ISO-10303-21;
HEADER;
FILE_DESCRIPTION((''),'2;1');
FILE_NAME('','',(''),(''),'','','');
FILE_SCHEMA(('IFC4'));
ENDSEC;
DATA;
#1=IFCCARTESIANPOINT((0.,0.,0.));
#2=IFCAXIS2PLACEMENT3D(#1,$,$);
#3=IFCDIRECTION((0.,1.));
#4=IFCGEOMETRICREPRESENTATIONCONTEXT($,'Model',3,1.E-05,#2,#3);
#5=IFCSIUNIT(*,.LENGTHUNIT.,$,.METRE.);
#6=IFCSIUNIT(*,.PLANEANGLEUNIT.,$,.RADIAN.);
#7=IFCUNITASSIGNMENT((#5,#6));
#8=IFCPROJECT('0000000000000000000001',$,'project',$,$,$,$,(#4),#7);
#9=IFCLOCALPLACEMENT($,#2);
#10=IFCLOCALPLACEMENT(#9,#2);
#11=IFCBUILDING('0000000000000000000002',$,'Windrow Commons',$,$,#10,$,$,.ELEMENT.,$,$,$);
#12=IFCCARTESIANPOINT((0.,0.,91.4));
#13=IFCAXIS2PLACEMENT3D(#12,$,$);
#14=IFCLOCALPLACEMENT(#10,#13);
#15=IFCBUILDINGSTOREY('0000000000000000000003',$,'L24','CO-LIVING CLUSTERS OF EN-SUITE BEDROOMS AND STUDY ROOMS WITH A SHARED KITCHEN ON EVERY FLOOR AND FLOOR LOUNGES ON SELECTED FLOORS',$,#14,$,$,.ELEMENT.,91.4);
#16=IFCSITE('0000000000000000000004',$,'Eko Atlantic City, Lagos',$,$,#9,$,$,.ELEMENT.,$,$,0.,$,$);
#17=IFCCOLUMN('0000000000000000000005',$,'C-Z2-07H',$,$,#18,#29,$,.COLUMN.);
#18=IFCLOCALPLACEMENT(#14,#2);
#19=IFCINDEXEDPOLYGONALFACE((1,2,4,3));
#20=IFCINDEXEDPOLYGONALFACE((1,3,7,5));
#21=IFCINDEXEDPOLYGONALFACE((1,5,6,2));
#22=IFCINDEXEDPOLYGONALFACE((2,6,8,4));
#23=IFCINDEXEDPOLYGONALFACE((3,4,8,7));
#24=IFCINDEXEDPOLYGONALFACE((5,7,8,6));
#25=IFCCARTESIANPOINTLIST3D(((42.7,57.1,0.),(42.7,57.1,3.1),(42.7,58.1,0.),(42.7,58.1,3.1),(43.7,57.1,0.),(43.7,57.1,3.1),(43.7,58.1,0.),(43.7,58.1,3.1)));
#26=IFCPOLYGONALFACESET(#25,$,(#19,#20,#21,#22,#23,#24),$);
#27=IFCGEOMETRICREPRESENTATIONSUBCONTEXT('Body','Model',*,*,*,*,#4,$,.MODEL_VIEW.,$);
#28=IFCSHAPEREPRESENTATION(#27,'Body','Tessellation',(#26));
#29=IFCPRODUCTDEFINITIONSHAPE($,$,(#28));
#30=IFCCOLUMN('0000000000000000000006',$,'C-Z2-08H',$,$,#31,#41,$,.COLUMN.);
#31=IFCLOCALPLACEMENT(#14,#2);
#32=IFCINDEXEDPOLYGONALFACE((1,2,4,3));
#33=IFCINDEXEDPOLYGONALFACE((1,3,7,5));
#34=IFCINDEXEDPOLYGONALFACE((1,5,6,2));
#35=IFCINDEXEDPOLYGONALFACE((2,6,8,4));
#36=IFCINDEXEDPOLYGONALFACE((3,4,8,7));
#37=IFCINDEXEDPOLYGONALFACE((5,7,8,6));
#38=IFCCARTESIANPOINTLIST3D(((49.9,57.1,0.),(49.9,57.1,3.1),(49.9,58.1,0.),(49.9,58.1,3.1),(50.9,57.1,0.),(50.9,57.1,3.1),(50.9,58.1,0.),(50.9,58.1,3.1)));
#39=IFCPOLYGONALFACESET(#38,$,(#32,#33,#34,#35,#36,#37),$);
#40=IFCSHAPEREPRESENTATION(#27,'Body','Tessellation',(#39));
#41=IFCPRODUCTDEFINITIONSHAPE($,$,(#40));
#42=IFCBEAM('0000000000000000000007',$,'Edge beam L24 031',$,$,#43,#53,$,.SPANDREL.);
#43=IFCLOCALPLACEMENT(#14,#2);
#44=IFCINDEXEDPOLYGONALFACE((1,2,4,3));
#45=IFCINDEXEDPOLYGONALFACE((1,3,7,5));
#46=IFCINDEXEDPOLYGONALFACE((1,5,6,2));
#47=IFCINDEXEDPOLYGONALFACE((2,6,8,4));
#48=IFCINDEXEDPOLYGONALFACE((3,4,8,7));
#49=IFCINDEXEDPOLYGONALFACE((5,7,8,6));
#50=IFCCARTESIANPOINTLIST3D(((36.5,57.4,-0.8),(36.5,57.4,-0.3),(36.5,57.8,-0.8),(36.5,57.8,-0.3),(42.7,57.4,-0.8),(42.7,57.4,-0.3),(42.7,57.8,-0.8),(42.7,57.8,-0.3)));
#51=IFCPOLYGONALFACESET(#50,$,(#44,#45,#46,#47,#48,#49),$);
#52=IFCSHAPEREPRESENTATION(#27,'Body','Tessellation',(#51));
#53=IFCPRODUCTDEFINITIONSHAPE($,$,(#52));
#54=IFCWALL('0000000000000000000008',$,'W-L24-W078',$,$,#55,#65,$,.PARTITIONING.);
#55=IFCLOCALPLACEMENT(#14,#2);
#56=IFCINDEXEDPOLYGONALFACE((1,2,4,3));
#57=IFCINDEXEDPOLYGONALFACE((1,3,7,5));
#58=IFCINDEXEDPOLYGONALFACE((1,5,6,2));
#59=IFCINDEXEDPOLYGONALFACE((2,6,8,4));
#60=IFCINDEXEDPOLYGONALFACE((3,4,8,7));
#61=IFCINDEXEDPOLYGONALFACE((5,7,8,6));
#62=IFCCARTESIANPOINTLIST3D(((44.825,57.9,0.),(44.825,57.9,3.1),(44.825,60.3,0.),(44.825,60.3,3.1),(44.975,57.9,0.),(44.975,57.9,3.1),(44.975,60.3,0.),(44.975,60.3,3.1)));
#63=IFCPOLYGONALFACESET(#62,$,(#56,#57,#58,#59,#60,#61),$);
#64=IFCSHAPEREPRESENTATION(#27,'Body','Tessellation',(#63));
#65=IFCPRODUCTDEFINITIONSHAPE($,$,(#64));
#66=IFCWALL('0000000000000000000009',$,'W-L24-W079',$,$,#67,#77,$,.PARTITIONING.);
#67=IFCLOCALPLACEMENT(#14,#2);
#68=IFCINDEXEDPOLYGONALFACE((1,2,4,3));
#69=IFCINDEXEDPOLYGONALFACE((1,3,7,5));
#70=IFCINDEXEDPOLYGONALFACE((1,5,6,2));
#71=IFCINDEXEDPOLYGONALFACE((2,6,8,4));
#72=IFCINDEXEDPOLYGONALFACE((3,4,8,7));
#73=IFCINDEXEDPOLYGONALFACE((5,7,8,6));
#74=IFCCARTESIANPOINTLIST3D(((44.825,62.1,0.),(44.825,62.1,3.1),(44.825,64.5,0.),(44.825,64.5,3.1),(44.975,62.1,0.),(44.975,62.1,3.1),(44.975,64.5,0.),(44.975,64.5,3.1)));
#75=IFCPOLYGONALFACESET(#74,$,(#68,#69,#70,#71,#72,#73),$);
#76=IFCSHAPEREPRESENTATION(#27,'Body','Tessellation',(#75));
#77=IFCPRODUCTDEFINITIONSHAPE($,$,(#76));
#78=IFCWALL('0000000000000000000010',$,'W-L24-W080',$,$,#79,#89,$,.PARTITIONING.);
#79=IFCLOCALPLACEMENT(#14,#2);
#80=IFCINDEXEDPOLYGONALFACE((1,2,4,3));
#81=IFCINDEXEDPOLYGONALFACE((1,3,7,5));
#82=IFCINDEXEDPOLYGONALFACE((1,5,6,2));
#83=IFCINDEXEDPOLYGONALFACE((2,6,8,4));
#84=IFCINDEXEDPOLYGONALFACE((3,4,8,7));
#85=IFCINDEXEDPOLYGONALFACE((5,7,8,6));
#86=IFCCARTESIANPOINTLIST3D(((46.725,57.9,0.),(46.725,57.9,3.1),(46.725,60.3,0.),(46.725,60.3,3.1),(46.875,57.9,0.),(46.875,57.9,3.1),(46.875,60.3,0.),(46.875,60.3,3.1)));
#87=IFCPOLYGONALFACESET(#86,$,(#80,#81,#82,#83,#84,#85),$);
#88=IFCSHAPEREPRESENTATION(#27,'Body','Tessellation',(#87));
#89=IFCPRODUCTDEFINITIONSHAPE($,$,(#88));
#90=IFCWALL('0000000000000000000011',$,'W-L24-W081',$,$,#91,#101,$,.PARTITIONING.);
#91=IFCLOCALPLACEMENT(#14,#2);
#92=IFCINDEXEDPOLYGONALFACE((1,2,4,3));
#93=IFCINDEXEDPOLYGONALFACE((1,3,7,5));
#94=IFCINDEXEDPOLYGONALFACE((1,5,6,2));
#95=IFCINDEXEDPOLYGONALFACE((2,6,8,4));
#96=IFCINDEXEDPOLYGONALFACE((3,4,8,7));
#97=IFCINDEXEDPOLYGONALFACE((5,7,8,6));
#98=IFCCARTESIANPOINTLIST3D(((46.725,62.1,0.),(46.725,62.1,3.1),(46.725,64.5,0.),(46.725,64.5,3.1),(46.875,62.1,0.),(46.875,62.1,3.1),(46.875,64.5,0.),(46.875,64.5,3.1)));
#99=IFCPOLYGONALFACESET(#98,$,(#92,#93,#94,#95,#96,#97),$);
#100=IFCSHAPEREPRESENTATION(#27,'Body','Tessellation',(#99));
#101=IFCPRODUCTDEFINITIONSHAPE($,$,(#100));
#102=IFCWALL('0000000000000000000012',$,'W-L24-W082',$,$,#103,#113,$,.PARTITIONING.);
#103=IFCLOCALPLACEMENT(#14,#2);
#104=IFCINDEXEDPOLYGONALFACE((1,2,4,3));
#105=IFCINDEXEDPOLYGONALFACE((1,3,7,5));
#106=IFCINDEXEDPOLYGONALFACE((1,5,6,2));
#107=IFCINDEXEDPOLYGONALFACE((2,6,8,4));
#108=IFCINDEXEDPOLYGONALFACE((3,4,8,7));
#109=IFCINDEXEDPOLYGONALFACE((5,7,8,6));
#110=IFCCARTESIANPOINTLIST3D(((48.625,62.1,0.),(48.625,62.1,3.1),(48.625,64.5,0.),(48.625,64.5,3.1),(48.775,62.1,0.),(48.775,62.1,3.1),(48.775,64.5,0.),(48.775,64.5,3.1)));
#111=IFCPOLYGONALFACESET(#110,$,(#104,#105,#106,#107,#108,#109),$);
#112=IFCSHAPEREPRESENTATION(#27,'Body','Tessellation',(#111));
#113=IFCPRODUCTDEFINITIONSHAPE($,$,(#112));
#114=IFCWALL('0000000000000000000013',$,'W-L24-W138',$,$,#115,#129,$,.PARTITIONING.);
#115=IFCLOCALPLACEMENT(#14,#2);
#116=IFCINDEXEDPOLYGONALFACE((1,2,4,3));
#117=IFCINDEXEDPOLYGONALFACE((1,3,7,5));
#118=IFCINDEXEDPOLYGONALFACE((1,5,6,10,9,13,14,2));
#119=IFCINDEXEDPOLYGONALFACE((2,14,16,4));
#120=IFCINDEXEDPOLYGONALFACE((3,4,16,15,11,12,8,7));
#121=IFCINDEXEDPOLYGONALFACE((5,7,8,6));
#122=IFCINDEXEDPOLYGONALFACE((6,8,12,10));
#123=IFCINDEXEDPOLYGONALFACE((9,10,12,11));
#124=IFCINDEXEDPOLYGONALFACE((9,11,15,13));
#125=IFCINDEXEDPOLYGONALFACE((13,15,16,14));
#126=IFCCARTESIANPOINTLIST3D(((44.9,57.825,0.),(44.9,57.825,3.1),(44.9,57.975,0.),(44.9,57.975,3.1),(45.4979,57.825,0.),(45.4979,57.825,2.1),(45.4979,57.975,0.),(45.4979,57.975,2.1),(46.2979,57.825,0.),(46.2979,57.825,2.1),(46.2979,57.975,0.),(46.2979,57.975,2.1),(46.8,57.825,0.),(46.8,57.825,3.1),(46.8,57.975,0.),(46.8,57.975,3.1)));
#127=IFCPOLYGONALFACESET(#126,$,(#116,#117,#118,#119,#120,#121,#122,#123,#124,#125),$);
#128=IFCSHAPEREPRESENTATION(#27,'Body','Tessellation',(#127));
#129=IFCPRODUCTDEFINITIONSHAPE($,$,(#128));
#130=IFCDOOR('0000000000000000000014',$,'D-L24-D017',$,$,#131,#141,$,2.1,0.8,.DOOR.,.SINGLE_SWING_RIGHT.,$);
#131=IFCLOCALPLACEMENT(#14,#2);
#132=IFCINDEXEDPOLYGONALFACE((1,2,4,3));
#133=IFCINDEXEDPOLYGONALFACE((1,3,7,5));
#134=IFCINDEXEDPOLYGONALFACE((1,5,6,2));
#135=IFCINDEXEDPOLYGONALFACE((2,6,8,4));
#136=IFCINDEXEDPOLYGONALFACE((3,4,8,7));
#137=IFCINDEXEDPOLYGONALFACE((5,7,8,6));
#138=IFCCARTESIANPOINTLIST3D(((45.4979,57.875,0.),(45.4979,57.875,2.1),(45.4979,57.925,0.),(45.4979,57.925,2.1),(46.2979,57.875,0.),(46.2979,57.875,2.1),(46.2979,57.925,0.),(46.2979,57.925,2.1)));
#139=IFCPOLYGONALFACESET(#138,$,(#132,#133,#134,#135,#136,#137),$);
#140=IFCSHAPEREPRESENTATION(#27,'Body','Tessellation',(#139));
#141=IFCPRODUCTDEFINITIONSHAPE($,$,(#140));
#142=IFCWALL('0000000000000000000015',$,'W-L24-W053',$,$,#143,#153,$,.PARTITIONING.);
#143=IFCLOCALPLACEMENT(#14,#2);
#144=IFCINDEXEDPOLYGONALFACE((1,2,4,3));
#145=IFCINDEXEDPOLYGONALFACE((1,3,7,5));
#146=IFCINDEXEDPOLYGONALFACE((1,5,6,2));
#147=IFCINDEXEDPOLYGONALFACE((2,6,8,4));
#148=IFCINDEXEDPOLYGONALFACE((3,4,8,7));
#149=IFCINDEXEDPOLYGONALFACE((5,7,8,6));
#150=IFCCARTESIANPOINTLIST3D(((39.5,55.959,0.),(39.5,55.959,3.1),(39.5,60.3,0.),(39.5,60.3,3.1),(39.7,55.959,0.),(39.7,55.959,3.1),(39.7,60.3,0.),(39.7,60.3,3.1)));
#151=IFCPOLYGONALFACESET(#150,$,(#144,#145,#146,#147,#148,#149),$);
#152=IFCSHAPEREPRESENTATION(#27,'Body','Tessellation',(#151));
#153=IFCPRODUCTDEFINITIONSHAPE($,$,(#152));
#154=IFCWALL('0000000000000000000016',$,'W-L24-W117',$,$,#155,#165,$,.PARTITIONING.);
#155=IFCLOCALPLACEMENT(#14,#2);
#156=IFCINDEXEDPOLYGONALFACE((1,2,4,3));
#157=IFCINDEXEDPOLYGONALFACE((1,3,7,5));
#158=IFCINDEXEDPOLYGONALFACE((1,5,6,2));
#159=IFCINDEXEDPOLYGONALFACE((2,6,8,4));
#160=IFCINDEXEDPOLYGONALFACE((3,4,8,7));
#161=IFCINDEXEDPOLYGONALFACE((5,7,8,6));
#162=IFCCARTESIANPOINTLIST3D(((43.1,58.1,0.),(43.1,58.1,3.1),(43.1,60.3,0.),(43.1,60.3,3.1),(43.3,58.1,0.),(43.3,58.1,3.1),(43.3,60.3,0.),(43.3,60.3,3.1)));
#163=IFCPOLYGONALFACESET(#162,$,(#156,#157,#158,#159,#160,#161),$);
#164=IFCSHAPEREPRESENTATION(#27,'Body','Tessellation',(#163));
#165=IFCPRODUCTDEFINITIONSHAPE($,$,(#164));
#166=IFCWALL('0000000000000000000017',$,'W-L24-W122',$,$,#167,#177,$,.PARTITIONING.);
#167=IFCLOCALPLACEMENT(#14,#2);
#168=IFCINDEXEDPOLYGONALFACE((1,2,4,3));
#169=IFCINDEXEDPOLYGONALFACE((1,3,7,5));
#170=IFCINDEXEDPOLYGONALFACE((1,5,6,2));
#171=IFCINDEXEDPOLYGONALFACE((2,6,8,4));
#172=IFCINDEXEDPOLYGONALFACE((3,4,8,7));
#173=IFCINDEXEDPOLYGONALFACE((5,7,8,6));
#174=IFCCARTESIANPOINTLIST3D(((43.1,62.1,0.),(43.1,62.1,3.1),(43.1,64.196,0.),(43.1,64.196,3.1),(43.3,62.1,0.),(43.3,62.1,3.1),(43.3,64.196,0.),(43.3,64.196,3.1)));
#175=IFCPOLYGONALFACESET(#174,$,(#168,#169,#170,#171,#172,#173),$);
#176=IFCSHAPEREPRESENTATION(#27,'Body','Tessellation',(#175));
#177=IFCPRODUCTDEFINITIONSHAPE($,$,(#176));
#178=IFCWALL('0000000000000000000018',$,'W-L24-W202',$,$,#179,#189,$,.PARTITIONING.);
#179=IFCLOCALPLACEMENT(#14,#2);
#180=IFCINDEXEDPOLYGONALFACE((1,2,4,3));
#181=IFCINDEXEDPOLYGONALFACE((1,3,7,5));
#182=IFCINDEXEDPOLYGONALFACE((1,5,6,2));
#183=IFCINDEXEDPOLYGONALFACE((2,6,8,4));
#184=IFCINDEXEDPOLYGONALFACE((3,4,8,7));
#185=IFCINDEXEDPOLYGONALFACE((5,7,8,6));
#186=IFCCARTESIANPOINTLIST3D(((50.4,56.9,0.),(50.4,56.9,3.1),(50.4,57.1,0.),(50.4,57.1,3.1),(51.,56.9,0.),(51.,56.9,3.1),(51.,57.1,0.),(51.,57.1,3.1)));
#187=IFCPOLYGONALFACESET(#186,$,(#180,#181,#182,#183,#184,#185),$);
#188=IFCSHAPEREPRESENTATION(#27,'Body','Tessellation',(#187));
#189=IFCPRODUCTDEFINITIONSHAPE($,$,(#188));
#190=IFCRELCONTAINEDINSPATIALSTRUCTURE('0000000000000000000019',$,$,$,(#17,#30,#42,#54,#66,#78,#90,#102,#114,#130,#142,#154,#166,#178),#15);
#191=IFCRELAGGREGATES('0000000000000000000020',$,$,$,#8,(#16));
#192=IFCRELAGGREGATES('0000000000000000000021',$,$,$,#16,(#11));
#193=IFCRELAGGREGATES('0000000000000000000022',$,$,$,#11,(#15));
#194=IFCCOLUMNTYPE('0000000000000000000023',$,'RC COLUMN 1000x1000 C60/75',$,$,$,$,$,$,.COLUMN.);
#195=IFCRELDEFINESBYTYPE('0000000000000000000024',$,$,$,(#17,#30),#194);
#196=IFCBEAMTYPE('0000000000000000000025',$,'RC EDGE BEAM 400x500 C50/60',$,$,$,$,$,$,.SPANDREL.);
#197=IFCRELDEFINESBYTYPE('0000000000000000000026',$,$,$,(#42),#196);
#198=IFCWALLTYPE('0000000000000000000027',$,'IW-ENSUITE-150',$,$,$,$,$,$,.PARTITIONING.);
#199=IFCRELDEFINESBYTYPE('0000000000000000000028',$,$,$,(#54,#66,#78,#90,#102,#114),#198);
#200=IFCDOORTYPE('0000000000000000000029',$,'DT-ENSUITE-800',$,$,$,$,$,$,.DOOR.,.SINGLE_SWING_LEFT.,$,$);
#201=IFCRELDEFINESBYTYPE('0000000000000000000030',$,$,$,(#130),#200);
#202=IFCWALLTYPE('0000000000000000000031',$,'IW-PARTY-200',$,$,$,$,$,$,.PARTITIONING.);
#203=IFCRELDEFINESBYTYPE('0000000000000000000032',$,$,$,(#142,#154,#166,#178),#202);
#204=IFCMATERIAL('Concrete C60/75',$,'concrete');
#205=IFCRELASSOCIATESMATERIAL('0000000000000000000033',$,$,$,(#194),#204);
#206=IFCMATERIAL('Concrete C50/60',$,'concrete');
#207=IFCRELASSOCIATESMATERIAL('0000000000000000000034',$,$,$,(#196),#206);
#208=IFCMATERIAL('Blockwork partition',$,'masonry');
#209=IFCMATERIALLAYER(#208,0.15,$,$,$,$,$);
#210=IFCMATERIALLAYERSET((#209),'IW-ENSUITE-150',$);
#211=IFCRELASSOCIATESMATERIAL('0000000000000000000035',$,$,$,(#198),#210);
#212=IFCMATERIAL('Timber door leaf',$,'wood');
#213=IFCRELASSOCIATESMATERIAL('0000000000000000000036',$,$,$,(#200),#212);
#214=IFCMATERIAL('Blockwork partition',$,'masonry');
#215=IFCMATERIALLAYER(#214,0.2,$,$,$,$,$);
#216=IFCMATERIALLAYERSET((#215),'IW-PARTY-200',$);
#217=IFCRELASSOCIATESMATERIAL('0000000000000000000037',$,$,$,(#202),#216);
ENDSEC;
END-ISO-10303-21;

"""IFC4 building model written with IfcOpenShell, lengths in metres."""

from ifc_helpers import new_model, si_unit, direction, frame, frame_2d, origin, origin_2d, place, context, subcontext, project, spatial, rectangle, extrude, material, layer, layer_set, material_profile, profile_set, type_object, element, fill, save


model = new_model("IFC4")

# Units and contexts
model_context = context("Model", 3, precision=1e-05, world=origin(), true_north=direction((0.0, 1.0)))
body_context = subcontext(model_context, "Body", "Model", "MODEL_VIEW")
ifc_project = project(units=[si_unit("LENGTHUNIT", "METRE"), si_unit("PLANEANGLEUNIT", "RADIAN")], contexts=[model_context])

# Site, building, storey
site_placement = place(None, origin())
site = spatial("IfcSite", under=ifc_project, at=site_placement, Name="Eko Atlantic City, Lagos", CompositionType="ELEMENT", RefElevation=0.0)
building_placement = place(site_placement, origin())
building = spatial("IfcBuilding", under=site, at=building_placement, Name="Windrow Commons", CompositionType="ELEMENT")
storey_placement = place(building_placement, frame((0.0, 0.0, 91.4)))
storey = spatial("IfcBuildingStorey", under=building, at=storey_placement, Name="L24", Description="CO-LIVING CLUSTERS OF EN-SUITE BEDROOMS AND STUDY ROOMS WITH A SHARED KITCHEN ON EVERY FLOOR AND FLOOR LOUNGES ON SELECTED FLOORS", CompositionType="ELEMENT", Elevation=91.4)

# Columns
ifc_material_1 = material(Name="Concrete C60/75", Category="concrete")
ifc_material_profile_1 = material_profile(ifc_material_1, rectangle(XDim=1.0, YDim=1.0, at=origin_2d()))
ifc_profile_set_1 = profile_set([ifc_material_profile_1], Name="Concrete C60/75")
column_type = type_object("IfcColumnType", Name="RC COLUMN 1000x1000 C60/75", PredefinedType="COLUMN", material=ifc_profile_set_1)
for number, where, z_axis, x_axis, name in (
    (1, (43.2, 57.6, 0.0), (0.0, 0.0, 1.0), (1.0, 0.0, 0.0), "C-Z2-07H"),
    (2, (50.4, 57.6, 0.0), (0.0, 0.0, 1.0), (1.0, 0.0, 0.0), "C-Z2-08H"),
):
    element("IfcColumn", number, at=place(storey_placement, frame(where, z_axis=z_axis, x_axis=x_axis)), inside=storey, type_object=column_type, Name=name, PredefinedType="COLUMN", context=body_context, shape_type="SweptSolid", body=[
        extrude(rectangle(XDim=1.0, YDim=1.0, at=origin_2d()), origin(), (0.0, 0.0, 1.0), 3.1),
    ])

# Beam
ifc_material_2 = material(Name="Concrete C50/60", Category="concrete")
ifc_material_profile_2 = material_profile(ifc_material_2, rectangle(XDim=0.4, YDim=0.5, at=origin_2d()))
ifc_profile_set_2 = profile_set([ifc_material_profile_2], Name="Concrete C50/60")
beam_type = type_object("IfcBeamType", Name="RC EDGE BEAM 400x500 C50/60", PredefinedType="SPANDREL", material=ifc_profile_set_2)
beam_placement = place(storey_placement, frame((42.7, 57.6, -0.55), z_axis=(-1.0, 0.0, 0.0), x_axis=(0.0, -1.0, 0.0)))
element("IfcBeam", 3, at=beam_placement, inside=storey, type_object=beam_type, Name="Edge beam L24 031", PredefinedType="SPANDREL", context=body_context, shape_type="SweptSolid", body=[
    extrude(rectangle(XDim=0.4, YDim=0.5, at=origin_2d()), origin(), (0.0, 0.0, 1.0), 6.2),
])

# Walls
ifc_material_3 = material(Name="Blockwork partition", Category="masonry")
ifc_layer_1 = layer(ifc_material_3, 0.15)
ifc_layer_set_1 = layer_set([ifc_layer_1], Name="IW-ENSUITE-150")
wall_type_1 = type_object("IfcWallType", Name="IW-ENSUITE-150", PredefinedType="PARTITIONING", material=ifc_layer_set_1)
for number, where, z_axis, x_axis, name in (
    (4, (44.9, 57.9, 0.0), (0.0, 0.0, 1.0), (0.0, 1.0, 0.0), "W-L24-W078"),
    (5, (44.9, 62.1, 0.0), (0.0, 0.0, 1.0), (0.0, 1.0, 0.0), "W-L24-W079"),
    (6, (46.8, 57.9, 0.0), (0.0, 0.0, 1.0), (0.0, 1.0, 0.0), "W-L24-W080"),
    (7, (46.8, 62.1, 0.0), (0.0, 0.0, 1.0), (0.0, 1.0, 0.0), "W-L24-W081"),
    (8, (48.7, 62.1, 0.0), (0.0, 0.0, 1.0), (0.0, 1.0, 0.0), "W-L24-W082"),
):
    element("IfcWall", number, at=place(storey_placement, frame(where, z_axis=z_axis, x_axis=x_axis)), inside=storey, type_object=wall_type_1, Name=name, PredefinedType="PARTITIONING", context=body_context, shape_type="SweptSolid", body=[
        extrude(rectangle(XDim=2.4, YDim=0.15, at=frame_2d((1.2, 0.0))), origin(), (0.0, 0.0, 1.0), 3.1),
    ])

# Wall, opening, door
wall_1_placement = place(storey_placement, frame((44.9, 57.9, 0.0), z_axis=(0.0, 0.0, 1.0), x_axis=(1.0, 0.0, 0.0)))
wall_1 = element("IfcWall", 9, at=wall_1_placement, inside=storey, type_object=wall_type_1, Name="W-L24-W138", PredefinedType="PARTITIONING", context=body_context, shape_type="SweptSolid", body=[
    extrude(rectangle(XDim=1.9, YDim=0.15, at=frame_2d((0.95, 0.0))), origin(), (0.0, 0.0, 1.0), 3.1),
])
opening_placement = place(wall_1_placement, frame((0.5979, 0.0, 0.0)))
opening = element("IfcOpeningElement", 10, at=opening_placement, cuts=wall_1, PredefinedType="OPENING", context=body_context, shape_type="SweptSolid", body=[
    extrude(rectangle(XDim=0.8, YDim=2.1, at=frame_2d((0.4, 1.05))), frame((0.0, 0.085, 0.0), z_axis=(0.0, -1.0, 0.0), x_axis=(1.0, 0.0, 0.0)), (0.0, 0.0, 1.0), 0.17),
])
ifc_material_4 = material(Name="Timber door leaf", Category="wood")
door_type = type_object("IfcDoorType", Name="DT-ENSUITE-800", OperationType="SINGLE_SWING_LEFT", PredefinedType="DOOR", material=ifc_material_4)
door_placement = place(opening_placement, origin())
door = element("IfcDoor", 11, at=door_placement, inside=storey, type_object=door_type, Name="D-L24-D017", OperationType="SINGLE_SWING_RIGHT", OverallHeight=2.1, OverallWidth=0.8, PredefinedType="DOOR", context=body_context, shape_type="SweptSolid", body=[
    extrude(rectangle(XDim=0.8, YDim=2.1, at=frame_2d((0.4, 1.05))), frame((0.0, 0.025, 0.0), z_axis=(0.0, -1.0, 0.0), x_axis=(1.0, 0.0, 0.0)), (0.0, 0.0, 1.0), 0.05),
])
fill(opening, door)

# Walls
ifc_material_5 = material(Name="Blockwork partition", Category="masonry")
ifc_layer_2 = layer(ifc_material_5, 0.2)
ifc_layer_set_2 = layer_set([ifc_layer_2], Name="IW-PARTY-200")
wall_type_2 = type_object("IfcWallType", Name="IW-PARTY-200", PredefinedType="PARTITIONING", material=ifc_layer_set_2)
wall_2_placement = place(storey_placement, frame((39.6, 55.959, 0.0), z_axis=(0.0, 0.0, 1.0), x_axis=(0.0, 1.0, 0.0)))
element("IfcWall", 12, at=wall_2_placement, inside=storey, type_object=wall_type_2, Name="W-L24-W053", PredefinedType="PARTITIONING", context=body_context, shape_type="SweptSolid", body=[
    extrude(rectangle(XDim=4.341, YDim=0.2, at=frame_2d((2.1705, 0.0))), origin(), (0.0, 0.0, 1.0), 3.1),
])
wall_3_placement = place(storey_placement, frame((43.2, 58.1, 0.0), z_axis=(0.0, 0.0, 1.0), x_axis=(0.0, 1.0, 0.0)))
element("IfcWall", 13, at=wall_3_placement, inside=storey, type_object=wall_type_2, Name="W-L24-W117", PredefinedType="PARTITIONING", context=body_context, shape_type="SweptSolid", body=[
    extrude(rectangle(XDim=2.2, YDim=0.2, at=frame_2d((1.1, 0.0))), origin(), (0.0, 0.0, 1.0), 3.1),
])
wall_4_placement = place(storey_placement, frame((43.2, 62.1, 0.0), z_axis=(0.0, 0.0, 1.0), x_axis=(0.0, 1.0, 0.0)))
element("IfcWall", 14, at=wall_4_placement, inside=storey, type_object=wall_type_2, Name="W-L24-W122", PredefinedType="PARTITIONING", context=body_context, shape_type="SweptSolid", body=[
    extrude(rectangle(XDim=2.096, YDim=0.2, at=frame_2d((1.048, 0.0))), origin(), (0.0, 0.0, 1.0), 3.1),
])
wall_5_placement = place(storey_placement, frame((50.4, 57.0, 0.0), z_axis=(0.0, 0.0, 1.0), x_axis=(1.0, 0.0, 0.0)))
element("IfcWall", 15, at=wall_5_placement, inside=storey, type_object=wall_type_2, Name="W-L24-W202", PredefinedType="PARTITIONING", context=body_context, shape_type="SweptSolid", body=[
    extrude(rectangle(XDim=0.6, YDim=0.2, at=frame_2d((0.3, 0.0))), origin(), (0.0, 0.0, 1.0), 3.1),
])

save(model, "model.ifc")
